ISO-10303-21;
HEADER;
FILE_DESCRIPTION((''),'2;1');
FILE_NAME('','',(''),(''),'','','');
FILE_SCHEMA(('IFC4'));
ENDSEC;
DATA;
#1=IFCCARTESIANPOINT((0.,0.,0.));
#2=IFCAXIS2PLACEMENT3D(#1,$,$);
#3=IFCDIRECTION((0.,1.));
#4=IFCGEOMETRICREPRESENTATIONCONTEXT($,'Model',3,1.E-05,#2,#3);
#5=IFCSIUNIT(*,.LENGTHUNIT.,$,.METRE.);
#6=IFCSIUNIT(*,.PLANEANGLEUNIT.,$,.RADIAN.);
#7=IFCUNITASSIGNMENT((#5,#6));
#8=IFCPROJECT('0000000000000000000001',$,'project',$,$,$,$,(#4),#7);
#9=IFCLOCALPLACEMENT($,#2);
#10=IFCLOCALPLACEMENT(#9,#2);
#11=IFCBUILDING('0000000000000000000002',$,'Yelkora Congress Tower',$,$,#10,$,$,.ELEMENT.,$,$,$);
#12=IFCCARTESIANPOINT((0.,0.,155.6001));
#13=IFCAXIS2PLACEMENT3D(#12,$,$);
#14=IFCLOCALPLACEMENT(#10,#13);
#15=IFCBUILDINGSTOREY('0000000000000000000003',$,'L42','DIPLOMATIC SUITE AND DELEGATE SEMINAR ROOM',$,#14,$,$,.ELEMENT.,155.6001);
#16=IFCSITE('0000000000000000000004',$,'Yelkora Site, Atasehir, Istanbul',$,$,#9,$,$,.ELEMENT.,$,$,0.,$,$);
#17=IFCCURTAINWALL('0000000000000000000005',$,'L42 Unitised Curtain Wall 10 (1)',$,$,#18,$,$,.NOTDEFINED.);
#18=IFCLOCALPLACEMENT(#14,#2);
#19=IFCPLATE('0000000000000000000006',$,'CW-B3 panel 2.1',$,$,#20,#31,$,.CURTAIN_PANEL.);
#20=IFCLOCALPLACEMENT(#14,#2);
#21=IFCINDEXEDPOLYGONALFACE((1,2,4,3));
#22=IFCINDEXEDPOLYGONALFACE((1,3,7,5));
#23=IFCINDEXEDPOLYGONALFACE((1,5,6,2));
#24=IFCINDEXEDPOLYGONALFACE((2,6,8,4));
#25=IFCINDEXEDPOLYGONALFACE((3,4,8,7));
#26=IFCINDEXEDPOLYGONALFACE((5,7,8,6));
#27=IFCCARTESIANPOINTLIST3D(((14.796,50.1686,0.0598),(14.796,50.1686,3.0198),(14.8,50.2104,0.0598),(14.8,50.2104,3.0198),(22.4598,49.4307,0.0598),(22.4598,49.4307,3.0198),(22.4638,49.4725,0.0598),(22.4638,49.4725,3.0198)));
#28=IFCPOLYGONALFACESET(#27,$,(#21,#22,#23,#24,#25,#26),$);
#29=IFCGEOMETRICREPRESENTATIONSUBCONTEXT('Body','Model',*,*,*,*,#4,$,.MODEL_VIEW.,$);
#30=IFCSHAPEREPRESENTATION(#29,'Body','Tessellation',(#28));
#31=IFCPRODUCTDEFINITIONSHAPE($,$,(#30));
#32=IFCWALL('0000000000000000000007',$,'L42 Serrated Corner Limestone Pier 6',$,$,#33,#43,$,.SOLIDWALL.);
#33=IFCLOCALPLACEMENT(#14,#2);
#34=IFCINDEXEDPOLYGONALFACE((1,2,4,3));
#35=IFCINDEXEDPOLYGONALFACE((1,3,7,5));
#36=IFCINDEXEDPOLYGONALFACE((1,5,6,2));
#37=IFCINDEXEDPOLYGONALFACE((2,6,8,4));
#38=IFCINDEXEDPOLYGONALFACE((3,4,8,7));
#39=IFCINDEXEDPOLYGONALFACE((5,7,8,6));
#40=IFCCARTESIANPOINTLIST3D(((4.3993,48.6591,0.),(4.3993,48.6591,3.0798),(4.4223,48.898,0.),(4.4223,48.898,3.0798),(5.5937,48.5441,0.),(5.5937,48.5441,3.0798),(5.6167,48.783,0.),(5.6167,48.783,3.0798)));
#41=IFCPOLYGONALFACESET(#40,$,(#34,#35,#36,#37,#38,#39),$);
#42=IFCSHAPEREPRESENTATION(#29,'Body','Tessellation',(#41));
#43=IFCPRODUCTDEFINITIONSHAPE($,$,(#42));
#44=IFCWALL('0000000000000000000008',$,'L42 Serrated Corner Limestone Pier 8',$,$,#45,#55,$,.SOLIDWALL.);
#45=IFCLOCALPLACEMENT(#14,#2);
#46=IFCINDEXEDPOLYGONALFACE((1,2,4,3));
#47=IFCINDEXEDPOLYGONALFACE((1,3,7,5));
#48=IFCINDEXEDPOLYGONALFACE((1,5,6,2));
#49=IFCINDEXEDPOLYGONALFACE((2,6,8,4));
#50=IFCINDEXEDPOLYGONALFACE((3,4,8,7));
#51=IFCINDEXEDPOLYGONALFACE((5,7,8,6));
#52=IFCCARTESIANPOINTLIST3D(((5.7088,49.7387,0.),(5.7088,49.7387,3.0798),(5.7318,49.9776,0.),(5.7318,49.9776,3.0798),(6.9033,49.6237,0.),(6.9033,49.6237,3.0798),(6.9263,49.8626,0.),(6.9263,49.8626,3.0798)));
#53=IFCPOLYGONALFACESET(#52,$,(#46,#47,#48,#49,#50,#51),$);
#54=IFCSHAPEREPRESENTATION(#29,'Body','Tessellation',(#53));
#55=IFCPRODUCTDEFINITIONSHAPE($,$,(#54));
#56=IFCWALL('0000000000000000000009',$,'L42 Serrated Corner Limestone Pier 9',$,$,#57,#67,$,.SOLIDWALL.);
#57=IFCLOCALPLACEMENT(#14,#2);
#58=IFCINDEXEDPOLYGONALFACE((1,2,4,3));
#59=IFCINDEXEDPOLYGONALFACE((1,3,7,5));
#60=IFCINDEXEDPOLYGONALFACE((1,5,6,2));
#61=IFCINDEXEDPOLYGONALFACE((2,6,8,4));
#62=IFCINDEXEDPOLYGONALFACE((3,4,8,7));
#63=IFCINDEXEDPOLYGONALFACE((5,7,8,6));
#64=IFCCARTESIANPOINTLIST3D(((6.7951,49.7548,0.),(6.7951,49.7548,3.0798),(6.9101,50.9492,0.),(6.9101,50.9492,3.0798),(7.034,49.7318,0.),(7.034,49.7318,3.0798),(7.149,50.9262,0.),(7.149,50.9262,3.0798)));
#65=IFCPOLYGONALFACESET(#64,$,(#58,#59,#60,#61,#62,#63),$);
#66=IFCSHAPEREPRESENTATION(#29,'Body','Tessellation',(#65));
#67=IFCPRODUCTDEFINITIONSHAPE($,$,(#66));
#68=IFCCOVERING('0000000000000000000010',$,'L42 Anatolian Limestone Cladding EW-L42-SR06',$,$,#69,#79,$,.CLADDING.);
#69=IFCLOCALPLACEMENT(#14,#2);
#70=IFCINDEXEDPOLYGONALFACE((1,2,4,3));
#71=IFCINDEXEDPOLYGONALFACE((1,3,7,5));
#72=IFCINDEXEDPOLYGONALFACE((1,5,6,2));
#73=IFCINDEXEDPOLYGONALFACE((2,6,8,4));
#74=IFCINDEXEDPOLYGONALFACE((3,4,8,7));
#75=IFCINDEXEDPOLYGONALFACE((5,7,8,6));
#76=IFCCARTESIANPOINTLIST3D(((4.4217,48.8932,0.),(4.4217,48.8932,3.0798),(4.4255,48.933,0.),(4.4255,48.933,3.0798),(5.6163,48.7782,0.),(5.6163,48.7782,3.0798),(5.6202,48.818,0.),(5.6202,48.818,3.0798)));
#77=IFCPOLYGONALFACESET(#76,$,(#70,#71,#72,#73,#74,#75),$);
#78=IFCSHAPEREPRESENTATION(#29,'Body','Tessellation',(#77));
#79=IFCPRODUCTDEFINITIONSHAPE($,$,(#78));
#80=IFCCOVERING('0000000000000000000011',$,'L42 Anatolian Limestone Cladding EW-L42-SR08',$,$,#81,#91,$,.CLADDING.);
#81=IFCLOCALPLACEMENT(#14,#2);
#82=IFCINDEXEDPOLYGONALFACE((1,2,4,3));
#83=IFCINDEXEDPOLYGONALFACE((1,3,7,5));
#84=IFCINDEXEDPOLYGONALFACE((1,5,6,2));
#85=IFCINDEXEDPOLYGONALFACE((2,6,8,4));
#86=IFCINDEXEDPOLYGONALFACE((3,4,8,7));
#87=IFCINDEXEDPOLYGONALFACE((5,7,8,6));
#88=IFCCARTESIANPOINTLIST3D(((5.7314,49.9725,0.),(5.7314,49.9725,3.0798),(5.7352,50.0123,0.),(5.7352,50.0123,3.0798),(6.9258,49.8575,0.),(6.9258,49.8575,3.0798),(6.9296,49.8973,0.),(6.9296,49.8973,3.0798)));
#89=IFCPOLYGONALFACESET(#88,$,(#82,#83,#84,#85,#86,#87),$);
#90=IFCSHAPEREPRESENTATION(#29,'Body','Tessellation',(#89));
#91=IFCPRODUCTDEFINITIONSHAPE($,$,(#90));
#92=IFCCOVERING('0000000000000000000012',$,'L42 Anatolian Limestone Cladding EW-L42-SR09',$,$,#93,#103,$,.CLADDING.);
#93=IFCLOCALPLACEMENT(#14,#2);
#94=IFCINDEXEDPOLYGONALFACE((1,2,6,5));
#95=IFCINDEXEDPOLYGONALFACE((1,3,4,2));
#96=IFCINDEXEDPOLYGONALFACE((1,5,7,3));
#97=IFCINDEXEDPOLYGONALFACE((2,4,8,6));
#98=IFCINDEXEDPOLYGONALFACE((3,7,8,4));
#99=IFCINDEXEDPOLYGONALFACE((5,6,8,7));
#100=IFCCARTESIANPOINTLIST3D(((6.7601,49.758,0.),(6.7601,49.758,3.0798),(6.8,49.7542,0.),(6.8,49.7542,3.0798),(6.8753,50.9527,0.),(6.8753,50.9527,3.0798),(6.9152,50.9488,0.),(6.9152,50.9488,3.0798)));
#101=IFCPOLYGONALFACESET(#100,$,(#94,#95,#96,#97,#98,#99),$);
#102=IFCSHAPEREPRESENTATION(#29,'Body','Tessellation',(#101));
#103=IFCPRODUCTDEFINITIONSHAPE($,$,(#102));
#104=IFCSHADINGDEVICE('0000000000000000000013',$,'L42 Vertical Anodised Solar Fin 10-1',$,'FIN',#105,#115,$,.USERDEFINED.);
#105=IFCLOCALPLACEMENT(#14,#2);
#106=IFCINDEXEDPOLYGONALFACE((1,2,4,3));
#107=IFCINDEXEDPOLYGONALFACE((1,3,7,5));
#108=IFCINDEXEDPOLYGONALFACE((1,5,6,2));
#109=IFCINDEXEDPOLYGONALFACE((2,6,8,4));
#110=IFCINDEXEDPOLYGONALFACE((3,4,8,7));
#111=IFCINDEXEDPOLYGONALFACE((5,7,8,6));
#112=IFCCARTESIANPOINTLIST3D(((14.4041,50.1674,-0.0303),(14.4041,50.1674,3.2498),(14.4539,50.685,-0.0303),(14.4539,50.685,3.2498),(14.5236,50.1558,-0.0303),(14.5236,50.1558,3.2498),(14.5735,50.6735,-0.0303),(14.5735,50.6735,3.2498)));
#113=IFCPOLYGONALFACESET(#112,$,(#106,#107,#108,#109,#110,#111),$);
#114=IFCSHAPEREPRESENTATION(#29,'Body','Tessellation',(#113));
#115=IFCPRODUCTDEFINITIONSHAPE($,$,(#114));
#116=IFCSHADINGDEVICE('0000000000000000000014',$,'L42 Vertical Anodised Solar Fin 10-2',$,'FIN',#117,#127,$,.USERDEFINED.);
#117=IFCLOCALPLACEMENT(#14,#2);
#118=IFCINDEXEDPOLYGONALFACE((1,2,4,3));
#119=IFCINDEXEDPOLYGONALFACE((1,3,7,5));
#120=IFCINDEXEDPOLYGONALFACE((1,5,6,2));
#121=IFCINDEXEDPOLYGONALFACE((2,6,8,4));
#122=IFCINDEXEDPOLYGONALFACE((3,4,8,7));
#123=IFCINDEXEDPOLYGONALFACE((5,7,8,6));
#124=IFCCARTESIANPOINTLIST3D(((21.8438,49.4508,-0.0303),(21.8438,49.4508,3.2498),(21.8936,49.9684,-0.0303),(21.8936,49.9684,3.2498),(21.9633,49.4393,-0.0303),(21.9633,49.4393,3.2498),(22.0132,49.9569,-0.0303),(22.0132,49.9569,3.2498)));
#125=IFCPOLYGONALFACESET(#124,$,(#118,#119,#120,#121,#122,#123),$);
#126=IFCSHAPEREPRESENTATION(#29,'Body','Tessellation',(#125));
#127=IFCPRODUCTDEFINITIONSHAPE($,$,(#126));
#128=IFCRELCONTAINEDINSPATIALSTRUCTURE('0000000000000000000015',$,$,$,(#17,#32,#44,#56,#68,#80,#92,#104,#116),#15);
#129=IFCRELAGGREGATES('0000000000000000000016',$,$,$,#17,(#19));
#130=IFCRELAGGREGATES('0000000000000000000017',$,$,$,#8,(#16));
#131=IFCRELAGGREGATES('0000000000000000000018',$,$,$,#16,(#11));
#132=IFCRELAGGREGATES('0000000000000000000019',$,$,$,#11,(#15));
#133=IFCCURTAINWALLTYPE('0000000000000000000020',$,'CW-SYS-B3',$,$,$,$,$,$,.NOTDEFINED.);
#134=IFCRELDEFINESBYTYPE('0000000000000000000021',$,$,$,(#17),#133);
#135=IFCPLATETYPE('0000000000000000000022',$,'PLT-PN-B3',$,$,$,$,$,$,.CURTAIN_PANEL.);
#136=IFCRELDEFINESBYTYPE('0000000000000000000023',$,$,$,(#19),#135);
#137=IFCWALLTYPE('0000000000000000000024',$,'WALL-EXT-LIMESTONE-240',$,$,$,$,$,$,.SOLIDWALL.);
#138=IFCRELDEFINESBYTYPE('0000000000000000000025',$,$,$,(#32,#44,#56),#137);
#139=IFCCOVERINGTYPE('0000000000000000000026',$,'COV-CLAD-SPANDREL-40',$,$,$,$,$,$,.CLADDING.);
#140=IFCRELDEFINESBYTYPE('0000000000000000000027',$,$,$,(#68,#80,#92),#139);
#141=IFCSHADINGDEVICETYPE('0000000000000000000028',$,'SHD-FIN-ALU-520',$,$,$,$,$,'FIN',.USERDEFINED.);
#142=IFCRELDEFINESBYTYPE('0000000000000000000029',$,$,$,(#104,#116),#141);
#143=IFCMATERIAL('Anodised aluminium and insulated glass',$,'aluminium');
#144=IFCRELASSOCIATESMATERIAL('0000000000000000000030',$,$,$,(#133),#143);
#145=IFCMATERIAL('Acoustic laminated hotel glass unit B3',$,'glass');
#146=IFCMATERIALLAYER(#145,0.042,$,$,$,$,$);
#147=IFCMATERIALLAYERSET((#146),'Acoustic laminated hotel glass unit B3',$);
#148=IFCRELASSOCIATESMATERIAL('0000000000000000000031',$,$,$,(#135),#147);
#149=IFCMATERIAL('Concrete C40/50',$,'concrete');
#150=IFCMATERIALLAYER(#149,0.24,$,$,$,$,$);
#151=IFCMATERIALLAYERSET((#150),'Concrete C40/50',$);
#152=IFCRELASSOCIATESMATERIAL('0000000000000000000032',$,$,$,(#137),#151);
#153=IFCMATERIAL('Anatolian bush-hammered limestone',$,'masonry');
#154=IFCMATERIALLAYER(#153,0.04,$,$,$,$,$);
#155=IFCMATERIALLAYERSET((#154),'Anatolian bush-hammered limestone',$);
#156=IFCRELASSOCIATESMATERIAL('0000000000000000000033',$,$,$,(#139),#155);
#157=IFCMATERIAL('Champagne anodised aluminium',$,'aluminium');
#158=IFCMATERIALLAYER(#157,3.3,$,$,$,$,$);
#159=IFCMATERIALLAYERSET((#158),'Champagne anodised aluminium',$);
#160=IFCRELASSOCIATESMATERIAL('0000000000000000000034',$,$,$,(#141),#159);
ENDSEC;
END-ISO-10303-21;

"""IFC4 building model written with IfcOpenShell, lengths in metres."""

from ifc_helpers import new_model, si_unit, direction, frame, frame_2d, origin, origin_2d, place, context, subcontext, project, spatial, rectangle, extrude, material, layer, layer_set, type_object, element, aggregate, save


model = new_model("IFC4")

# Units and contexts
model_context = context("Model", 3, precision=1e-05, world=origin(), true_north=direction((0.0, 1.0)))
body_context = subcontext(model_context, "Body", "Model", "MODEL_VIEW")
ifc_project = project(units=[si_unit("LENGTHUNIT", "METRE"), si_unit("PLANEANGLEUNIT", "RADIAN")], contexts=[model_context])

# Site, building, storey
site_placement = place(None, origin())
site = spatial("IfcSite", under=ifc_project, at=site_placement, Name="Yelkora Site, Atasehir, Istanbul", CompositionType="ELEMENT", RefElevation=0.0)
building_placement = place(site_placement, origin())
building = spatial("IfcBuilding", under=site, at=building_placement, Name="Yelkora Congress Tower", CompositionType="ELEMENT")
storey_placement = place(building_placement, frame((0.0, 0.0, 155.6001)))
storey = spatial("IfcBuildingStorey", under=building, at=storey_placement, Name="L42", Description="DIPLOMATIC SUITE AND DELEGATE SEMINAR ROOM", CompositionType="ELEMENT", Elevation=155.6001)

# Curtain wall, plate
ifc_material_1 = material(Name="Anodised aluminium and insulated glass", Category="aluminium")
curtain_wall_type = type_object("IfcCurtainWallType", Name="CW-SYS-B3", PredefinedType="NOTDEFINED", material=ifc_material_1)
curtain_wall_placement = place(storey_placement, origin())
curtain_wall = element("IfcCurtainWall", 1, at=curtain_wall_placement, inside=storey, type_object=curtain_wall_type, Name="L42 Unitised Curtain Wall 10 (1)", PredefinedType="NOTDEFINED")
ifc_material_2 = material(Name="Acoustic laminated hotel glass unit B3", Category="glass")
ifc_layer_1 = layer(ifc_material_2, 0.042)
ifc_layer_set_1 = layer_set([ifc_layer_1], Name="Acoustic laminated hotel glass unit B3")
plate_type = type_object("IfcPlateType", Name="PLT-PN-B3", PredefinedType="CURTAIN_PANEL", material=ifc_layer_set_1)
plate_1_placement = place(storey_placement, frame((18.6299, 49.8206, 0.0598), z_axis=(0.0, 0.0, 1.0), x_axis=(0.995396, -0.095845, 0.0)))
plate_1 = element("IfcPlate", 2, at=plate_1_placement, type_object=plate_type, Name="CW-B3 panel 2.1", PredefinedType="CURTAIN_PANEL", context=body_context, shape_type="SweptSolid", body=[
    extrude(rectangle(XDim=7.6992, YDim=0.042, at=origin_2d()), origin(), (0.0, 0.0, 1.0), 2.96),
])
aggregate(curtain_wall, [plate_1])

# Walls
ifc_material_3 = material(Name="Concrete C40/50", Category="concrete")
ifc_layer_2 = layer(ifc_material_3, 0.24)
ifc_layer_set_2 = layer_set([ifc_layer_2], Name="Concrete C40/50")
wall_type = type_object("IfcWallType", Name="WALL-EXT-LIMESTONE-240", PredefinedType="SOLIDWALL", material=ifc_layer_set_2)
for number, where, z_axis, x_axis, name in (
    (3, (4.4106, 48.7786, 0.0), (0.0, 0.0, 1.0), (0.995397, -0.095836, 0.0), "L42 Serrated Corner Limestone Pier 6"),
    (4, (5.7202, 49.8582, 0.0), (0.0, 0.0, 1.0), (0.995397, -0.095836, 0.0), "L42 Serrated Corner Limestone Pier 8"),
    (5, (6.9146, 49.7432, 0.0), (0.0, 0.0, 1.0), (0.095836, 0.995397, 0.0), "L42 Serrated Corner Limestone Pier 9"),
):
    element("IfcWall", number, at=place(storey_placement, frame(where, z_axis=z_axis, x_axis=x_axis)), inside=storey, type_object=wall_type, Name=name, PredefinedType="SOLIDWALL", context=body_context, shape_type="SweptSolid", body=[
        extrude(rectangle(XDim=1.2, YDim=0.24, at=frame_2d((0.6001, 0.0))), origin(), (0.0, 0.0, 1.0), 3.0798),
    ])

# Coverings
ifc_material_4 = material(Name="Anatolian bush-hammered limestone", Category="masonry")
ifc_layer_3 = layer(ifc_material_4, 0.04)
ifc_layer_set_3 = layer_set([ifc_layer_3], Name="Anatolian bush-hammered limestone")
covering_type = type_object("IfcCoveringType", Name="COV-CLAD-SPANDREL-40", PredefinedType="CLADDING", material=ifc_layer_set_3)
covering_1_placement = place(storey_placement, frame((4.4236, 48.9131, 0.0), z_axis=(0.0, 0.0, 1.0), x_axis=(0.995399, -0.095817, 0.0)))
element("IfcCovering", 6, at=covering_1_placement, inside=storey, type_object=covering_type, Name="L42 Anatolian Limestone Cladding EW-L42-SR06", PredefinedType="CLADDING", context=body_context, shape_type="SweptSolid", body=[
    extrude(rectangle(XDim=1.2002, YDim=0.04, at=frame_2d((0.6001, 0.0))), origin(), (0.0, 0.0, 1.0), 3.0798),
])
covering_2_placement = place(storey_placement, frame((5.7332, 49.9924, 0.0), z_axis=(0.0, 0.0, 1.0), x_axis=(0.995397, -0.095836, 0.0)))
element("IfcCovering", 7, at=covering_2_placement, inside=storey, type_object=covering_type, Name="L42 Anatolian Limestone Cladding EW-L42-SR08", PredefinedType="CLADDING", context=body_context, shape_type="SweptSolid", body=[
    extrude(rectangle(XDim=1.2, YDim=0.04, at=frame_2d((0.6001, 0.0))), origin(), (0.0, 0.0, 1.0), 3.0798),
])
covering_3_placement = place(storey_placement, frame((6.78, 49.7561, 0.0), z_axis=(0.0, 0.0, 1.0), x_axis=(0.096019, 0.99538, 0.0)))
element("IfcCovering", 8, at=covering_3_placement, inside=storey, type_object=covering_type, Name="L42 Anatolian Limestone Cladding EW-L42-SR09", PredefinedType="CLADDING", context=body_context, shape_type="SweptSolid", body=[
    extrude(rectangle(XDim=1.2002, YDim=0.04, at=frame_2d((0.6001, 0.0))), origin(), (0.0, 0.0, 1.0), 3.0798),
])

# Shading devices
ifc_material_5 = material(Name="Champagne anodised aluminium", Category="aluminium")
ifc_layer_4 = layer(ifc_material_5, 3.3)
ifc_layer_set_4 = layer_set([ifc_layer_4], Name="Champagne anodised aluminium")
shading_device_type = type_object("IfcShadingDeviceType", Name="SHD-FIN-ALU-520", ElementType="FIN", PredefinedType="USERDEFINED", material=ifc_layer_set_4)
for number, where, z_axis, x_axis, name in (
    (9, (14.4888, 50.4204, -0.0303), (0.0, 0.0, 1.0), (0.995396, -0.095846, 0.0), "L42 Vertical Anodised Solar Fin 10-1"),
    (10, (21.9285, 49.7039, -0.0303), (0.0, 0.0, 1.0), (0.995396, -0.095846, 0.0), "L42 Vertical Anodised Solar Fin 10-2"),
):
    element("IfcShadingDevice", number, at=place(storey_placement, frame(where, z_axis=z_axis, x_axis=x_axis)), inside=storey, type_object=shading_device_type, Name=name, ObjectType="FIN", PredefinedType="USERDEFINED", context=body_context, shape_type="SweptSolid", body=[
        extrude(rectangle(XDim=0.1201, YDim=0.52, at=origin_2d()), origin(), (0.0, 0.0, 1.0), 3.28),
    ])

save(model, "model.ifc")
